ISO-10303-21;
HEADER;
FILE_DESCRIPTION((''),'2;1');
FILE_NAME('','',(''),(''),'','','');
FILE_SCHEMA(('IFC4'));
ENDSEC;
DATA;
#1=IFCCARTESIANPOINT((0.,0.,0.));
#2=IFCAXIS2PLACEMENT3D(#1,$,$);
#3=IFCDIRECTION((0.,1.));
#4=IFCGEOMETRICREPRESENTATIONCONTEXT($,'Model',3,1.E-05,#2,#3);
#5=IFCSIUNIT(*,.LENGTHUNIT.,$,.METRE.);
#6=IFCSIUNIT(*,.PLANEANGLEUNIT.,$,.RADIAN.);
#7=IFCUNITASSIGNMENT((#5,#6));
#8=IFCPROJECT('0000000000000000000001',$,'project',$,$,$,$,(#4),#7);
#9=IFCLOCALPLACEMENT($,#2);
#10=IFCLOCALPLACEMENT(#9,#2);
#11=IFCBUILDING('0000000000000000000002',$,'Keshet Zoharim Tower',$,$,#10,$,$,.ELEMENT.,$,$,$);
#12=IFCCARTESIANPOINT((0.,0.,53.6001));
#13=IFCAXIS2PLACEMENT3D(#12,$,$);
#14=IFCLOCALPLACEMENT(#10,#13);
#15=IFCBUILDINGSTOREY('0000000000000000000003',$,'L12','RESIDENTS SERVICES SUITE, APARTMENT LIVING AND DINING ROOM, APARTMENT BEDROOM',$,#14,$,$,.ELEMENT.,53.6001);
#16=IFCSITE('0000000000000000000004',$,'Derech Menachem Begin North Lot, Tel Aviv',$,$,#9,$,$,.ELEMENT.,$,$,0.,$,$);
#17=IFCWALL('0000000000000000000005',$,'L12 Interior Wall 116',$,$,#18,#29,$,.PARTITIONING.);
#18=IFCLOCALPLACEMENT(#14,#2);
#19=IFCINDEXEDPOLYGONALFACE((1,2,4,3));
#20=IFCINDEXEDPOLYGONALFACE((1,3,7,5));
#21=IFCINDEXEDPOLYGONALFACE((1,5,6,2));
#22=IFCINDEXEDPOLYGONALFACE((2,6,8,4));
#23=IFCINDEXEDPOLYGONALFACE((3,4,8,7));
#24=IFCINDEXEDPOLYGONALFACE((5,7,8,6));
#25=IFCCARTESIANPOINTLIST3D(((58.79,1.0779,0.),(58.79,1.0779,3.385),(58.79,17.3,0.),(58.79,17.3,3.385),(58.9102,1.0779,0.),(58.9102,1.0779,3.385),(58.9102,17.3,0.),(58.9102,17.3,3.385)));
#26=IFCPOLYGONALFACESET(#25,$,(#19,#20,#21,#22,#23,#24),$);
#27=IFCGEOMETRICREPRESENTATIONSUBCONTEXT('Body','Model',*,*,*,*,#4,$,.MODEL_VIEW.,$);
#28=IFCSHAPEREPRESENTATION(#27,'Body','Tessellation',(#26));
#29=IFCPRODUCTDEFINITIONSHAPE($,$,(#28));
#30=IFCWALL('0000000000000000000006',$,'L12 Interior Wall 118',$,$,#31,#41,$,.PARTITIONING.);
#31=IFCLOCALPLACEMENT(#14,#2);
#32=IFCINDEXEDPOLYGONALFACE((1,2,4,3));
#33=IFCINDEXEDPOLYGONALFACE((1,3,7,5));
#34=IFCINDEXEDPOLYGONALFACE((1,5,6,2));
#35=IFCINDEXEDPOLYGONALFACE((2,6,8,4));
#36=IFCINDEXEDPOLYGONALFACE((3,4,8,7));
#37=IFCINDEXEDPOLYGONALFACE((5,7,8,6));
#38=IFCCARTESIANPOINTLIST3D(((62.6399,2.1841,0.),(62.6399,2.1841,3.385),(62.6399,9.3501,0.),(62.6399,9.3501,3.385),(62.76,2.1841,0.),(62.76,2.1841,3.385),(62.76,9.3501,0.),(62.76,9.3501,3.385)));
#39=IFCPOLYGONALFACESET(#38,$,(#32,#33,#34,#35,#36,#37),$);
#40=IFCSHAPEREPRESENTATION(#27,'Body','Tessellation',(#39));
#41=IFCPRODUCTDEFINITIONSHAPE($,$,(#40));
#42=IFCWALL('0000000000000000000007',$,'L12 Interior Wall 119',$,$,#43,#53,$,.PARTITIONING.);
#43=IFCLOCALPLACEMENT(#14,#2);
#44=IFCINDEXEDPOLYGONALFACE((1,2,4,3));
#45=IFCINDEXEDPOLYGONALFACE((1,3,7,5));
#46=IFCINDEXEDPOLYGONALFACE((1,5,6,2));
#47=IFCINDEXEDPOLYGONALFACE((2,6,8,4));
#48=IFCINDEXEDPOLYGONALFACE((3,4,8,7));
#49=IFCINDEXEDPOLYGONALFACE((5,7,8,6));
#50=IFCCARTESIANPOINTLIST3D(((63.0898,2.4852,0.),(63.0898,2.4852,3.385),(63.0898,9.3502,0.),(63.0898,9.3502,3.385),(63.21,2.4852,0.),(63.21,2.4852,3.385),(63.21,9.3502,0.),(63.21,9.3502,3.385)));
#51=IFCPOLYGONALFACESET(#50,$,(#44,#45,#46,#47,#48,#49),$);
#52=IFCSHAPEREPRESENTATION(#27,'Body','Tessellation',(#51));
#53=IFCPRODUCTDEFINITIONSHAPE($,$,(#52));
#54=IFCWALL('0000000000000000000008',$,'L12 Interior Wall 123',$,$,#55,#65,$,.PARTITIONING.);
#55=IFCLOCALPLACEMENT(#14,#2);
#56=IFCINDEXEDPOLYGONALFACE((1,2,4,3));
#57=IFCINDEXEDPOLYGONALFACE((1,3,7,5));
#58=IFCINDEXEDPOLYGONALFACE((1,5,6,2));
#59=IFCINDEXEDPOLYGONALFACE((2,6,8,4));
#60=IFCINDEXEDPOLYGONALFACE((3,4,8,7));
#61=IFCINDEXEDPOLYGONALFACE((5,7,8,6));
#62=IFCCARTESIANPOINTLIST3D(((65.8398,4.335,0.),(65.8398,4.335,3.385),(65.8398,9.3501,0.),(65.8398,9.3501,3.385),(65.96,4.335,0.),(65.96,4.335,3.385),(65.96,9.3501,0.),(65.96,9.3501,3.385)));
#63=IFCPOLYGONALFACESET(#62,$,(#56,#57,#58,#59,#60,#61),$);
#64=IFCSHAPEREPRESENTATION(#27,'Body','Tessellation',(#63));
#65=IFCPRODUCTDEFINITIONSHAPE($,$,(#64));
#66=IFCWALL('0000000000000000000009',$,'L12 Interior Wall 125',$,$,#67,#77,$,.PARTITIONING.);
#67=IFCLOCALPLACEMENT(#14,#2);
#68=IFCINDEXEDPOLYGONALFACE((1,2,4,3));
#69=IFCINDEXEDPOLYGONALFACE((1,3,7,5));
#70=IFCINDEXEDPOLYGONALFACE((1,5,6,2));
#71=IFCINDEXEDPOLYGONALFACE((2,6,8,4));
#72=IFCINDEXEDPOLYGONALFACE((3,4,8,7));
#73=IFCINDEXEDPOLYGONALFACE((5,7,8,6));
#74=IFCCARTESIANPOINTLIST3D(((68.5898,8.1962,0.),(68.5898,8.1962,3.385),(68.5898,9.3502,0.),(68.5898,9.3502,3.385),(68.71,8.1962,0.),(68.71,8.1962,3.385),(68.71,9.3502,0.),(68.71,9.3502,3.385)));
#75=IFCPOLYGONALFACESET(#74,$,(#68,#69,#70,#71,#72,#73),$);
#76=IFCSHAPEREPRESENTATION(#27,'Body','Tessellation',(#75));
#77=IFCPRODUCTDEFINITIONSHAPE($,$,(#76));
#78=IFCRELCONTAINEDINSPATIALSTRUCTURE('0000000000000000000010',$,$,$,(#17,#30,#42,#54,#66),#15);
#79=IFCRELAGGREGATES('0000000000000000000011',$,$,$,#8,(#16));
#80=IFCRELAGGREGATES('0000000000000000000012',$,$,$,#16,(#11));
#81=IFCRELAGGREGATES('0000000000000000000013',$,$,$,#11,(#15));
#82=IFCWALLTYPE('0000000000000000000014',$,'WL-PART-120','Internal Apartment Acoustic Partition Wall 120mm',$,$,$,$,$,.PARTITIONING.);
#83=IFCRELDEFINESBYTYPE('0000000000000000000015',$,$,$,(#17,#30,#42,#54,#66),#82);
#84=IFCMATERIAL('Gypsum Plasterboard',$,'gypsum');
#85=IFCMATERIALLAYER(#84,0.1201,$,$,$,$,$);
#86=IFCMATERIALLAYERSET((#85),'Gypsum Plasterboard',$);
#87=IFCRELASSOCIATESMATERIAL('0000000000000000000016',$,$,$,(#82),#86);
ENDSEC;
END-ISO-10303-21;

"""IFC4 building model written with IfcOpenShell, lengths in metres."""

from ifc_helpers import new_model, si_unit, direction, frame, frame_2d, origin, place, context, subcontext, project, spatial, rectangle, extrude, material, layer, layer_set, type_object, element, save


model = new_model("IFC4")

# Units and contexts
model_context = context("Model", 3, precision=1e-05, world=origin(), true_north=direction((0.0, 1.0)))
body_context = subcontext(model_context, "Body", "Model", "MODEL_VIEW")
ifc_project = project(units=[si_unit("LENGTHUNIT", "METRE"), si_unit("PLANEANGLEUNIT", "RADIAN")], contexts=[model_context])

# Site, building, storey
site_placement = place(None, origin())
site = spatial("IfcSite", under=ifc_project, at=site_placement, Name="Derech Menachem Begin North Lot, Tel Aviv", CompositionType="ELEMENT", RefElevation=0.0)
building_placement = place(site_placement, origin())
building = spatial("IfcBuilding", under=site, at=building_placement, Name="Keshet Zoharim Tower", CompositionType="ELEMENT")
storey_placement = place(building_placement, frame((0.0, 0.0, 53.6001)))
storey = spatial("IfcBuildingStorey", under=building, at=storey_placement, Name="L12", Description="RESIDENTS SERVICES SUITE, APARTMENT LIVING AND DINING ROOM, APARTMENT BEDROOM", CompositionType="ELEMENT", Elevation=53.6001)

# Walls
ifc_material_1 = material(Name="Gypsum Plasterboard", Category="gypsum")
ifc_layer_1 = layer(ifc_material_1, 0.1201)
ifc_layer_set_1 = layer_set([ifc_layer_1], Name="Gypsum Plasterboard")
wall_type = type_object("IfcWallType", Name="WL-PART-120", Description="Internal Apartment Acoustic Partition Wall 120mm", PredefinedType="PARTITIONING", material=ifc_layer_set_1)
wall_1_placement = place(storey_placement, frame((58.8501, 1.0779, 0.0), z_axis=(0.0, 0.0, 1.0), x_axis=(0.0, 1.0, 0.0)))
element("IfcWall", 1, at=wall_1_placement, inside=storey, type_object=wall_type, Name="L12 Interior Wall 116", PredefinedType="PARTITIONING", context=body_context, shape_type="SweptSolid", body=[
    extrude(rectangle(XDim=16.2222, YDim=0.1201, at=frame_2d((8.1111, 0.0))), origin(), (0.0, 0.0, 1.0), 3.385),
])
wall_2_placement = place(storey_placement, frame((62.7, 2.1841, 0.0), z_axis=(0.0, 0.0, 1.0), x_axis=(0.0, 1.0, 0.0)))
element("IfcWall", 2, at=wall_2_placement, inside=storey, type_object=wall_type, Name="L12 Interior Wall 118", PredefinedType="PARTITIONING", context=body_context, shape_type="SweptSolid", body=[
    extrude(rectangle(XDim=7.166, YDim=0.1201, at=frame_2d((3.583, 0.0))), origin(), (0.0, 0.0, 1.0), 3.385),
])
wall_3_placement = place(storey_placement, frame((63.1499, 2.4851, 0.0), z_axis=(0.0, 0.0, 1.0), x_axis=(0.0, 1.0, 0.0)))
element("IfcWall", 3, at=wall_3_placement, inside=storey, type_object=wall_type, Name="L12 Interior Wall 119", PredefinedType="PARTITIONING", context=body_context, shape_type="SweptSolid", body=[
    extrude(rectangle(XDim=6.865, YDim=0.1201, at=frame_2d((3.4326, 0.0))), origin(), (0.0, 0.0, 1.0), 3.385),
])
wall_4_placement = place(storey_placement, frame((65.8999, 4.335, 0.0), z_axis=(0.0, 0.0, 1.0), x_axis=(0.0, 1.0, 0.0)))
element("IfcWall", 4, at=wall_4_placement, inside=storey, type_object=wall_type, Name="L12 Interior Wall 123", PredefinedType="PARTITIONING", context=body_context, shape_type="SweptSolid", body=[
    extrude(rectangle(XDim=5.0151, YDim=0.1201, at=frame_2d((2.5076, 0.0))), origin(), (0.0, 0.0, 1.0), 3.385),
])
wall_5_placement = place(storey_placement, frame((68.6499, 8.196, 0.0), z_axis=(0.0, 0.0, 1.0), x_axis=(0.0, 1.0, 0.0)))
element("IfcWall", 5, at=wall_5_placement, inside=storey, type_object=wall_type, Name="L12 Interior Wall 125", PredefinedType="PARTITIONING", context=body_context, shape_type="SweptSolid", body=[
    extrude(rectangle(XDim=1.1541, YDim=0.1201, at=frame_2d((0.5771, 0.0))), origin(), (0.0, 0.0, 1.0), 3.385),
])

save(model, "model.ifc")
